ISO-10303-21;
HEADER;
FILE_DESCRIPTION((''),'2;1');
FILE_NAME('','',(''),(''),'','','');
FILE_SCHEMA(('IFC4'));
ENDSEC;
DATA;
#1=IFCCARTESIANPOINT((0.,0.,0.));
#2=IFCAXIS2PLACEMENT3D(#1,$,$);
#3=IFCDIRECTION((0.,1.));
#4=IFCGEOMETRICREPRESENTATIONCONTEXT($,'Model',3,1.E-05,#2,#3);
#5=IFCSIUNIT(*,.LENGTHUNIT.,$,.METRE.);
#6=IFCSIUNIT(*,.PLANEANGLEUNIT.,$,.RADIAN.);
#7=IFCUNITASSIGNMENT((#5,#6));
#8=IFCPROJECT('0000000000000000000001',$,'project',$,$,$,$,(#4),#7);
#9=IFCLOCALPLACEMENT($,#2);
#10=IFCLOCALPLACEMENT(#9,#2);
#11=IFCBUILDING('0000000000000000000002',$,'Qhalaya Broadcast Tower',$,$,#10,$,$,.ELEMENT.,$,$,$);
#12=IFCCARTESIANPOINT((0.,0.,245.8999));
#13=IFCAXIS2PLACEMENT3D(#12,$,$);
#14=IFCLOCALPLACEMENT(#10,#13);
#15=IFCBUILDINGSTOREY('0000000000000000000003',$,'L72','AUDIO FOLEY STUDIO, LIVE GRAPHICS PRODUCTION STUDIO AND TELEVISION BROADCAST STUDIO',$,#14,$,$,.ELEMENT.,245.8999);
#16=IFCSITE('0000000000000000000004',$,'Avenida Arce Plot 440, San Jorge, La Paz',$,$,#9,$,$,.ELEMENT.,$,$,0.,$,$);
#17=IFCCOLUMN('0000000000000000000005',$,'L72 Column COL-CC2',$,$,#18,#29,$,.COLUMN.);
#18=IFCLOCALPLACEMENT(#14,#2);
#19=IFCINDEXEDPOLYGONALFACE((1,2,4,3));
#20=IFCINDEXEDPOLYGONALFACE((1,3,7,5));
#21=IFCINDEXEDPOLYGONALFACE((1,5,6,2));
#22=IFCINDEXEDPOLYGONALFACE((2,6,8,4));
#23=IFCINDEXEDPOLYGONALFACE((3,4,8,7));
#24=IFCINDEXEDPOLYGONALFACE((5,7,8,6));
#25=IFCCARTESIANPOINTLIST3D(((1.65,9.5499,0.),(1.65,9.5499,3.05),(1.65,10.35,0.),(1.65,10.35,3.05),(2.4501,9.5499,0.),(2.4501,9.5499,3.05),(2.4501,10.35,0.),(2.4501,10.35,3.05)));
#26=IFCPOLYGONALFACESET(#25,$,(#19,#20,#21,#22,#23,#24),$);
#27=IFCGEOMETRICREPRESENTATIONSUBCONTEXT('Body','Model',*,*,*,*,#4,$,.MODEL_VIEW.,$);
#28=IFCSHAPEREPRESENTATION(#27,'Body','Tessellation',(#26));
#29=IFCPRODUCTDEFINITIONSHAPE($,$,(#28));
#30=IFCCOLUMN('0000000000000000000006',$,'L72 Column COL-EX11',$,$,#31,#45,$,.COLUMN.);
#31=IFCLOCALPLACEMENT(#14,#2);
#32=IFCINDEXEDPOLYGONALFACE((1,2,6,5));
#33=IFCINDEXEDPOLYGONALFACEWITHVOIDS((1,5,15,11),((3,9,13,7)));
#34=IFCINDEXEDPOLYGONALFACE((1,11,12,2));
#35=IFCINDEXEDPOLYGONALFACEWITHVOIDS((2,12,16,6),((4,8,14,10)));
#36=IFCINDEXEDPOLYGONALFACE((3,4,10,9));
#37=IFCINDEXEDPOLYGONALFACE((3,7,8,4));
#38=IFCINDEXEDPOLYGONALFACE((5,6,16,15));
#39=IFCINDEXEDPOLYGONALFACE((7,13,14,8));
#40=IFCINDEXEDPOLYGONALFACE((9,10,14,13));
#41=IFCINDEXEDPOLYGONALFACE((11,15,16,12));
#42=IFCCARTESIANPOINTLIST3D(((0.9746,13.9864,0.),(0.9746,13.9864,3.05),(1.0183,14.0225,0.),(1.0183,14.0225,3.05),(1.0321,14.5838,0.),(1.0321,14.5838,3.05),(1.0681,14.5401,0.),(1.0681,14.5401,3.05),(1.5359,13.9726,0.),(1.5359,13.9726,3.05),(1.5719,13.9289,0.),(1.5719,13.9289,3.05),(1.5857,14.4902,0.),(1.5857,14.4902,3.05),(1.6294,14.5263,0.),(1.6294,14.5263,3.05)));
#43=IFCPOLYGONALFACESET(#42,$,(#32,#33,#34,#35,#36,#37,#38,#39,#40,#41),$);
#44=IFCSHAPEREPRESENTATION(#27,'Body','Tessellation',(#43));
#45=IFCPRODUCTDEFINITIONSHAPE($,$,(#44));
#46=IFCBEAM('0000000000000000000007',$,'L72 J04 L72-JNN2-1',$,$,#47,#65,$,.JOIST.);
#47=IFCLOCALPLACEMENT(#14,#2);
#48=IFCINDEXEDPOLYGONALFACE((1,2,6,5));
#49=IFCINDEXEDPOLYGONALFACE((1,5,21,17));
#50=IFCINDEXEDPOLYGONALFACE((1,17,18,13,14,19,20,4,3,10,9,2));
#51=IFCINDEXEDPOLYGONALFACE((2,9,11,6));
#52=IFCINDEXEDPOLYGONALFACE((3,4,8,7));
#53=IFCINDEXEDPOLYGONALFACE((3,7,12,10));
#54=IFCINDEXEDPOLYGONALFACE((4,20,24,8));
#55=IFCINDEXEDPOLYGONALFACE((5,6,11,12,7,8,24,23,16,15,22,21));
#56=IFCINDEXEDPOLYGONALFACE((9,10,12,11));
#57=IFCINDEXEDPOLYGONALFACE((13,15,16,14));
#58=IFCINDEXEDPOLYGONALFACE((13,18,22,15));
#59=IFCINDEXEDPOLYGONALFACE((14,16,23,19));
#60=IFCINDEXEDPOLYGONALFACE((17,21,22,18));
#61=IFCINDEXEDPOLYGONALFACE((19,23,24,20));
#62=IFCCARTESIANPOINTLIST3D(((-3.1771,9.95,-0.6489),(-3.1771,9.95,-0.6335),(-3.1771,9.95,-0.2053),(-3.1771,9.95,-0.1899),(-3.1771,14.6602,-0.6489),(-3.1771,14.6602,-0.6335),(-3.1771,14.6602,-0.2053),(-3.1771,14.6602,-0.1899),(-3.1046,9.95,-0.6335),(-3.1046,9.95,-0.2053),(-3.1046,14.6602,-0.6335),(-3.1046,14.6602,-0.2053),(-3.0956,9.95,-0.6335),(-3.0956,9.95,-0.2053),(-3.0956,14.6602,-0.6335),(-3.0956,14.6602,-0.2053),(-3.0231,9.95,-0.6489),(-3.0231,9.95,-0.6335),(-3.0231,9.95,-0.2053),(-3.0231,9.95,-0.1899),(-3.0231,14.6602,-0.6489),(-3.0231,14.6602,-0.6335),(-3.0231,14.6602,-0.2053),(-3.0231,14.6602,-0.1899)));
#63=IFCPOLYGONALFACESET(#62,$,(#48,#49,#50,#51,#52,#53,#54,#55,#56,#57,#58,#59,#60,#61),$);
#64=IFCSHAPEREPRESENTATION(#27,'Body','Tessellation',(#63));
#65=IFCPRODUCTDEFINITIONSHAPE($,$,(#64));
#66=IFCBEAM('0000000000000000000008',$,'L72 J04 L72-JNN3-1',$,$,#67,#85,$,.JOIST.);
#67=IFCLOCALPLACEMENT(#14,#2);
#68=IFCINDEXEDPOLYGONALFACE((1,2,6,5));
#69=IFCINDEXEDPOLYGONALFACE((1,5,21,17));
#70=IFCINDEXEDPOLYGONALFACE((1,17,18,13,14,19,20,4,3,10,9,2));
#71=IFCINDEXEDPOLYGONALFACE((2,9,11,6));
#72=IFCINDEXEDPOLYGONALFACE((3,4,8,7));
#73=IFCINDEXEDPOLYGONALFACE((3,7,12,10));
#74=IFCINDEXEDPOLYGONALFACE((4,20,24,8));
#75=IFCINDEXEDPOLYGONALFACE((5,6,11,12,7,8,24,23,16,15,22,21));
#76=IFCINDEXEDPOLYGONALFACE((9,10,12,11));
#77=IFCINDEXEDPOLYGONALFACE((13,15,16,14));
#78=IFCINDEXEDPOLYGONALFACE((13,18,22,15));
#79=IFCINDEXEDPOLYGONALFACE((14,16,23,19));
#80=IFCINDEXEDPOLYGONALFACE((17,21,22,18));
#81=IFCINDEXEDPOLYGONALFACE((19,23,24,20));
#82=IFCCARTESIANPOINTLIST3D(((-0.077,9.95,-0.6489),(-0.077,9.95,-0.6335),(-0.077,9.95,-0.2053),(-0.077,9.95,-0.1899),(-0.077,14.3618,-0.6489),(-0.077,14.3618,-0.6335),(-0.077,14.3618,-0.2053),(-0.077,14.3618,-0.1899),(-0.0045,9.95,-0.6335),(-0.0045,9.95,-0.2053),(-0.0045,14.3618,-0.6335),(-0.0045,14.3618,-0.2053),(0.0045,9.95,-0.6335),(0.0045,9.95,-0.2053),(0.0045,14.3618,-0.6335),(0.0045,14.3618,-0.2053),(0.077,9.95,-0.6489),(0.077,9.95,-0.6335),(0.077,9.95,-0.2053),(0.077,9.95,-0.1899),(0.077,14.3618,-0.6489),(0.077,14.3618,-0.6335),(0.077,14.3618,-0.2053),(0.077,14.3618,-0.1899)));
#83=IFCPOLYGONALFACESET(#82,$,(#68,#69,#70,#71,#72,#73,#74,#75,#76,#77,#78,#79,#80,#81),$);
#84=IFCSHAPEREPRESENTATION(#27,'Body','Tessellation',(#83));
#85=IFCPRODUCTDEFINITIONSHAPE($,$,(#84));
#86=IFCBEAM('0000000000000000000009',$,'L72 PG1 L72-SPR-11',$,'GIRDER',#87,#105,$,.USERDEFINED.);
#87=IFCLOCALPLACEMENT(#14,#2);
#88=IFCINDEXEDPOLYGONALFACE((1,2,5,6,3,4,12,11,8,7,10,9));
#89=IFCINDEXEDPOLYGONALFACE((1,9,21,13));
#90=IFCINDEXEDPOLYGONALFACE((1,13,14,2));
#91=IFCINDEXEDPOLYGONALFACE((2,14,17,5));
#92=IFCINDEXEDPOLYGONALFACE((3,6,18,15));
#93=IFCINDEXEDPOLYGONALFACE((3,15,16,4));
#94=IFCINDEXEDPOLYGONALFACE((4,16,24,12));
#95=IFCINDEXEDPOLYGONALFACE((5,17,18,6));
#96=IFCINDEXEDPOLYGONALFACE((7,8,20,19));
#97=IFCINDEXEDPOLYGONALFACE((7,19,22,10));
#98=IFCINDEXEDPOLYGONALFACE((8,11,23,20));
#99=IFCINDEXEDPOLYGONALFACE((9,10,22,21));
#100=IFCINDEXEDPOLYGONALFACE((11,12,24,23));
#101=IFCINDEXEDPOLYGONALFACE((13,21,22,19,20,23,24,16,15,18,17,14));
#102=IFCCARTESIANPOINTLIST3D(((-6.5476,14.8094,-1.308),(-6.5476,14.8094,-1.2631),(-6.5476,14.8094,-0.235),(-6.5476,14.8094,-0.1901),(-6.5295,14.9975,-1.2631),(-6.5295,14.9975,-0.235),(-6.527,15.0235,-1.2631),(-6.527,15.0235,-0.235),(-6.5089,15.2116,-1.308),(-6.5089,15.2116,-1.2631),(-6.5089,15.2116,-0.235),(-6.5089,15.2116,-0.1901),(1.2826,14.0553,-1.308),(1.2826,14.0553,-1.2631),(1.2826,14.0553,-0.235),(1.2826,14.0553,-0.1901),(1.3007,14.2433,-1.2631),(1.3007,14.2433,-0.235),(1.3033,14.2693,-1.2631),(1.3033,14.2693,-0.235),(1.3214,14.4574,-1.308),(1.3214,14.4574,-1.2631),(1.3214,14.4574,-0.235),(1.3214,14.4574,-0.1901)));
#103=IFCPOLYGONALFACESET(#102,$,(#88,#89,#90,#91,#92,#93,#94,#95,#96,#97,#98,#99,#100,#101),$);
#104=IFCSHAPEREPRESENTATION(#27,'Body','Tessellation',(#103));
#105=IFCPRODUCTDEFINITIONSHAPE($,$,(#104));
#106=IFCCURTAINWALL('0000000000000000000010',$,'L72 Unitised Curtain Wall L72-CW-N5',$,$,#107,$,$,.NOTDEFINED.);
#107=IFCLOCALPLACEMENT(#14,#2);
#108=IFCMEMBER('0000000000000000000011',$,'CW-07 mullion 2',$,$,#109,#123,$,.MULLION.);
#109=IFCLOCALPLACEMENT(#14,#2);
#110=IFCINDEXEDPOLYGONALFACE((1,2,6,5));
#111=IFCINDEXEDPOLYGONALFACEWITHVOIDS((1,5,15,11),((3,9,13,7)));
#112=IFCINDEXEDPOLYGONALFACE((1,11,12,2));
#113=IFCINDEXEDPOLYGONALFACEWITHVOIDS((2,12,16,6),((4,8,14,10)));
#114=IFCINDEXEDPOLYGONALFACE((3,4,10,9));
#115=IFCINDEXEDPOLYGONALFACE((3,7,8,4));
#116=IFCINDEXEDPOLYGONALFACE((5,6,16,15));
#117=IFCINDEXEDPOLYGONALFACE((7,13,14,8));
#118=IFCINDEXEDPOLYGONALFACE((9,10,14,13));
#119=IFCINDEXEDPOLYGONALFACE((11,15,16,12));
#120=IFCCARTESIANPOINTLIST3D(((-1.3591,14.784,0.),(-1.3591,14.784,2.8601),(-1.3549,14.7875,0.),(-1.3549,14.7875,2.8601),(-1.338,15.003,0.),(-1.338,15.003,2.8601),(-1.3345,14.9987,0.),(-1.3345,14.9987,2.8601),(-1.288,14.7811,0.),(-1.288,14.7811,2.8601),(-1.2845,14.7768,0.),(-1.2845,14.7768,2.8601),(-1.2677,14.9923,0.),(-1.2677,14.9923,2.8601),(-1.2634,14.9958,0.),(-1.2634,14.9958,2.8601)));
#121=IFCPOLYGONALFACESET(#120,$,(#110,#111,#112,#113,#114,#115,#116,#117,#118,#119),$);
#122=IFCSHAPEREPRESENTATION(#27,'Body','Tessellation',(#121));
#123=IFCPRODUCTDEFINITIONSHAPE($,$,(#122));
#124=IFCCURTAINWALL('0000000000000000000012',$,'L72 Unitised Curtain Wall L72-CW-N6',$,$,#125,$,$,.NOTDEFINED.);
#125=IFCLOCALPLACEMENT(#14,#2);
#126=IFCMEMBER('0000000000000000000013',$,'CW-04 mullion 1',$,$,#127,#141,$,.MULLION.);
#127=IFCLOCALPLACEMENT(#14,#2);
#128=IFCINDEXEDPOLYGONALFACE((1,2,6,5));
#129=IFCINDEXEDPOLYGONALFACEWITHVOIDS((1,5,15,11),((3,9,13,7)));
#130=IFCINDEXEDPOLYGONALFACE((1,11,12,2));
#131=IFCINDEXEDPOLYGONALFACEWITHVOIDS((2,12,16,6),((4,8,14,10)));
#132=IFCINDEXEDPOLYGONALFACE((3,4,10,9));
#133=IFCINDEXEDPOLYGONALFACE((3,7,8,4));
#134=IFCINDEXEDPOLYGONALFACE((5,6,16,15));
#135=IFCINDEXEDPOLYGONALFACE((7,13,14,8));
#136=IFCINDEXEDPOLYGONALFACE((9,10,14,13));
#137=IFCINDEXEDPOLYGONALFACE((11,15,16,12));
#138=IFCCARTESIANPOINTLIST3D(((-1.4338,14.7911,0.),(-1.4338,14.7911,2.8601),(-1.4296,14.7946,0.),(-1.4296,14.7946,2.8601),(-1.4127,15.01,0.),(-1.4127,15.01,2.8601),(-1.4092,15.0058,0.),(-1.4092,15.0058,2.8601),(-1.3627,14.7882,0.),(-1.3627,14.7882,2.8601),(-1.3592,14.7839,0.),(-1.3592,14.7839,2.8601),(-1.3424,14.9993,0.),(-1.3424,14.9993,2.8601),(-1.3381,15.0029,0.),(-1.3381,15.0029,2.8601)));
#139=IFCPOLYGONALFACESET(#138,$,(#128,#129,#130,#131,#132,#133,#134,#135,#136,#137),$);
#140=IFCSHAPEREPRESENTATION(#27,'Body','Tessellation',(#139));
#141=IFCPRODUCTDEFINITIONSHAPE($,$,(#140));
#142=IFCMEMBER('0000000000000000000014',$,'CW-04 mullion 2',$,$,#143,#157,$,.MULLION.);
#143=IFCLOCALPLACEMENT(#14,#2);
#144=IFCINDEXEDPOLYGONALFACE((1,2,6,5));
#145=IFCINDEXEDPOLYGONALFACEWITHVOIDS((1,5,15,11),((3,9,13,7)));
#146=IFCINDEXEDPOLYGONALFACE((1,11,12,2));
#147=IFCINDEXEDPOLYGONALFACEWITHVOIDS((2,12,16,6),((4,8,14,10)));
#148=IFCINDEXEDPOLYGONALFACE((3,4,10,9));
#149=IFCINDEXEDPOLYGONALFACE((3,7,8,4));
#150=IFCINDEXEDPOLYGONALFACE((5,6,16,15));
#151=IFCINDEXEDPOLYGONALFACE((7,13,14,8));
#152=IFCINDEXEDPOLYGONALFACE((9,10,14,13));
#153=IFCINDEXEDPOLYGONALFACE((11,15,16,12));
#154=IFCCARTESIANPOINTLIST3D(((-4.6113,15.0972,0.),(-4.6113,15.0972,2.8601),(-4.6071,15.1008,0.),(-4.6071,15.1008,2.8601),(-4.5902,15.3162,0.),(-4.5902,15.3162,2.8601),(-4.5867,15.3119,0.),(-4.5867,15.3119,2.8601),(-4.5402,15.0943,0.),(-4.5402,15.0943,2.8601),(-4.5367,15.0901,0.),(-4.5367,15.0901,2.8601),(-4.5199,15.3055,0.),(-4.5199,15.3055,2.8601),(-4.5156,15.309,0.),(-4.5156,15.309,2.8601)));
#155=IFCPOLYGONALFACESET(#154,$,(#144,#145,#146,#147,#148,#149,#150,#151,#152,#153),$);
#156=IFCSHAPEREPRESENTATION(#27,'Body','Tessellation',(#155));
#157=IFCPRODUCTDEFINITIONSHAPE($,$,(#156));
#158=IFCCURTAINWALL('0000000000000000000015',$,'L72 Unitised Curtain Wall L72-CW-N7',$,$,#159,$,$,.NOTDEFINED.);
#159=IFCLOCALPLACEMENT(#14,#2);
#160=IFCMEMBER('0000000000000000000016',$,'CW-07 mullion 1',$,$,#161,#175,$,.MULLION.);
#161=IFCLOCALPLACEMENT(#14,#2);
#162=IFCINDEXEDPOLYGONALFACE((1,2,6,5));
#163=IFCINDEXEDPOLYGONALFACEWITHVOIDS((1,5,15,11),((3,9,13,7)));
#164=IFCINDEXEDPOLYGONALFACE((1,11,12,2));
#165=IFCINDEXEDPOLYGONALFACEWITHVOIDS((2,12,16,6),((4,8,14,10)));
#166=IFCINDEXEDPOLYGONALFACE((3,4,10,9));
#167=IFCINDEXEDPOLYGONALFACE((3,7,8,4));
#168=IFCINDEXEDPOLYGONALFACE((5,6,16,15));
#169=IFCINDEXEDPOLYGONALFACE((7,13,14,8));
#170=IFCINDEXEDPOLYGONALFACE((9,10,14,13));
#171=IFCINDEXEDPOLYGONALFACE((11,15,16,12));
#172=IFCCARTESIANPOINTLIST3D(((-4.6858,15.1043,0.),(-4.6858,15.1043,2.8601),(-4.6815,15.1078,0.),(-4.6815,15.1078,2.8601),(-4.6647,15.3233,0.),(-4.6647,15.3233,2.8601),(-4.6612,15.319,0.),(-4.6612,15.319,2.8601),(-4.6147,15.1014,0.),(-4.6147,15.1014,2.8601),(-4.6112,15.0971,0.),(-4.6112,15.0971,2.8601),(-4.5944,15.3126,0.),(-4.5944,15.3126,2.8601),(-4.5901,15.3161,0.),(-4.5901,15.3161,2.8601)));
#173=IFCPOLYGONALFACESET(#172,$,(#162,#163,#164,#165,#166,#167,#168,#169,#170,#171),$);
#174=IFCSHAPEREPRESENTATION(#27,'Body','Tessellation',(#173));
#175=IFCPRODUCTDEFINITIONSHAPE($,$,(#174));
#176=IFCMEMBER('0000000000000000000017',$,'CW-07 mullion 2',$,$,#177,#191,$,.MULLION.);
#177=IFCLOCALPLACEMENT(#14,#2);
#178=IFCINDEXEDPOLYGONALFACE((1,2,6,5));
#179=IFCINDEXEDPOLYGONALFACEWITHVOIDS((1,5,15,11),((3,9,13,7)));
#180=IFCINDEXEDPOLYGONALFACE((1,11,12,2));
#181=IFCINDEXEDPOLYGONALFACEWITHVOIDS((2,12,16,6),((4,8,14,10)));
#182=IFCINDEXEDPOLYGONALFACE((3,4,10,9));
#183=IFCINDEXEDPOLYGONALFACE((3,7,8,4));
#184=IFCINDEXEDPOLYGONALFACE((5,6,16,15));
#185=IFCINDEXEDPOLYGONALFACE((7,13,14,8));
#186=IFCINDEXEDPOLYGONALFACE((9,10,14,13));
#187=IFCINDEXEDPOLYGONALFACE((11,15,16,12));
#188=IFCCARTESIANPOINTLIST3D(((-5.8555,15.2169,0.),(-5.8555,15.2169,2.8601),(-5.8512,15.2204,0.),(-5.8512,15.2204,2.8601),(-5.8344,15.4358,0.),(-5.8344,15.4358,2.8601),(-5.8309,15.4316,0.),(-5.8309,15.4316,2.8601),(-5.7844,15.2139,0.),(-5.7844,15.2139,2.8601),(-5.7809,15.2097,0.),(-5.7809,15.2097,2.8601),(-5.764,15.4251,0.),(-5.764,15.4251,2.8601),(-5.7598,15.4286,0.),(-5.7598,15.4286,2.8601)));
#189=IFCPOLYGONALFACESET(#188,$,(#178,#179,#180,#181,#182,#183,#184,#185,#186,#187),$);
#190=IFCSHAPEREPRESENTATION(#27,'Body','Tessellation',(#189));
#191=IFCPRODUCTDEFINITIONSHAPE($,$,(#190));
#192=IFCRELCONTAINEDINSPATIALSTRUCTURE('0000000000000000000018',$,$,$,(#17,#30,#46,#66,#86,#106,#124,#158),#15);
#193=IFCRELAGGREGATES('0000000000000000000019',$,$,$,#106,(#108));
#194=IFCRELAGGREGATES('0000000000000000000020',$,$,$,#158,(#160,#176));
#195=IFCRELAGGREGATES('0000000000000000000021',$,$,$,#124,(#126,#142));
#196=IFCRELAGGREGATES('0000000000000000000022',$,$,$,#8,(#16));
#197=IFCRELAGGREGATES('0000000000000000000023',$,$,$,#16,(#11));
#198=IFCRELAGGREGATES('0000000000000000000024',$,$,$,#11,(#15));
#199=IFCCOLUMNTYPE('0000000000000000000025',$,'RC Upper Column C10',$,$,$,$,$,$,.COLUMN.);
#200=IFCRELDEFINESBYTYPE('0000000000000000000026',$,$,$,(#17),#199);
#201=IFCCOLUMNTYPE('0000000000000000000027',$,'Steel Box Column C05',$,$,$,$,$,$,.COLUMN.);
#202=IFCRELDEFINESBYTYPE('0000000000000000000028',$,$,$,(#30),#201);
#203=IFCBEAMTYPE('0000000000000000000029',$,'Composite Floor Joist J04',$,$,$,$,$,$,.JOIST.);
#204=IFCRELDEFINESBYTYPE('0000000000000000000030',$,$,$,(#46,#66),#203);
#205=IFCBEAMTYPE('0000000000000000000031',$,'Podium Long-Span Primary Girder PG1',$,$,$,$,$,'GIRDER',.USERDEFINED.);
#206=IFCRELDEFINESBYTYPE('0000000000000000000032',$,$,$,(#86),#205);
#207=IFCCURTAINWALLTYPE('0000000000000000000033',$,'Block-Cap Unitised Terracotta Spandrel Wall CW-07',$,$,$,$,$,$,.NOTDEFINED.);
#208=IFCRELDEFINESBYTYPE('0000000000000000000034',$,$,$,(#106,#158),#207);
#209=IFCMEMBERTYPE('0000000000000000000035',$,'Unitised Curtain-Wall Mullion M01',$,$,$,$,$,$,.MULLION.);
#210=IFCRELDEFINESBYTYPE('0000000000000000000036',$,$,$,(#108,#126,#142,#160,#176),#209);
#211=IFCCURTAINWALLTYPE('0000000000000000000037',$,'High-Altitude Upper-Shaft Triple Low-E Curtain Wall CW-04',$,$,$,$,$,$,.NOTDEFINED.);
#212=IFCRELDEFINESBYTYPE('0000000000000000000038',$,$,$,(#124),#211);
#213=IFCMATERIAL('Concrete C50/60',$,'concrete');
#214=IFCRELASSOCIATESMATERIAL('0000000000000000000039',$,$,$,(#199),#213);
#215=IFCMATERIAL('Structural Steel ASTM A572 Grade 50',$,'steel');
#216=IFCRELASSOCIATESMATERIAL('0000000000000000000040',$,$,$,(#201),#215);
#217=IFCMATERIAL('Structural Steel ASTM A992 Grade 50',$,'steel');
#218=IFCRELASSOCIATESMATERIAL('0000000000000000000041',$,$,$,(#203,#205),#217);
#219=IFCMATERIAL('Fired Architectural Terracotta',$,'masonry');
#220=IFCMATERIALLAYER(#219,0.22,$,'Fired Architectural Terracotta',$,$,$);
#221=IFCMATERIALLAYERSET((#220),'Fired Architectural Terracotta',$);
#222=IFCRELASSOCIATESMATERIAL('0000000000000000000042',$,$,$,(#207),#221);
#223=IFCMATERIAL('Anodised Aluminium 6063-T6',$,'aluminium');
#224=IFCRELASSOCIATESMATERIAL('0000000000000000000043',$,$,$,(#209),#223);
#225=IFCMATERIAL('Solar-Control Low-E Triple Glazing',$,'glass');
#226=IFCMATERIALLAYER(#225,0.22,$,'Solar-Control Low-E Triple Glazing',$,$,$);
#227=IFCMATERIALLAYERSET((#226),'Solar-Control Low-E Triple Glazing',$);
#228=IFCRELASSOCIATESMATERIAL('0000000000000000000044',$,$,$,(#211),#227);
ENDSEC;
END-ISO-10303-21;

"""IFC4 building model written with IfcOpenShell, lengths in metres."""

from ifc_helpers import new_model, si_unit, direction, frame, origin, origin_2d, place, context, subcontext, project, spatial, rectangle, hollow_rectangle, i_section, extrude, material, layer, layer_set, material_profile, profile_set, type_object, element, aggregate, save


model = new_model("IFC4")

# Units and contexts
model_context = context("Model", 3, precision=1e-05, world=origin(), true_north=direction((0.0, 1.0)))
body_context = subcontext(model_context, "Body", "Model", "MODEL_VIEW")
ifc_project = project(units=[si_unit("LENGTHUNIT", "METRE"), si_unit("PLANEANGLEUNIT", "RADIAN")], contexts=[model_context])

# Site, building, storey
site_placement = place(None, origin())
site = spatial("IfcSite", under=ifc_project, at=site_placement, Name="Avenida Arce Plot 440, San Jorge, La Paz", CompositionType="ELEMENT", RefElevation=0.0)
building_placement = place(site_placement, origin())
building = spatial("IfcBuilding", under=site, at=building_placement, Name="Qhalaya Broadcast Tower", CompositionType="ELEMENT")
storey_placement = place(building_placement, frame((0.0, 0.0, 245.8999)))
storey = spatial("IfcBuildingStorey", under=building, at=storey_placement, Name="L72", Description="AUDIO FOLEY STUDIO, LIVE GRAPHICS PRODUCTION STUDIO AND TELEVISION BROADCAST STUDIO", CompositionType="ELEMENT", Elevation=245.8999)

# Columns
ifc_material_1 = material(Name="Concrete C50/60", Category="concrete")
ifc_material_profile_1 = material_profile(ifc_material_1, rectangle(XDim=0.8, YDim=0.8, at=origin_2d()), Name="RC-COL 800x800")
ifc_profile_set_1 = profile_set([ifc_material_profile_1], Name="Concrete C50/60")
column_type_1 = type_object("IfcColumnType", Name="RC Upper Column C10", PredefinedType="COLUMN", material=ifc_profile_set_1)
column_1_placement = place(storey_placement, frame((2.05, 9.95, 0.0), z_axis=(0.0, 0.0, 1.0), x_axis=(1.0, 0.0, 0.0)))
element("IfcColumn", 1, at=column_1_placement, inside=storey, type_object=column_type_1, Name="L72 Column COL-CC2", PredefinedType="COLUMN", context=body_context, shape_type="SweptSolid", body=[
    extrude(rectangle(XDim=0.8, YDim=0.8, at=origin_2d()), origin(), (0.0, 0.0, 1.0), 3.05),
])
ifc_material_2 = material(Name="Structural Steel ASTM A572 Grade 50", Category="steel")
ifc_material_profile_2 = material_profile(ifc_material_2, hollow_rectangle(XDim=0.6001, YDim=0.6001, WallThickness=0.04, at=origin_2d()), Name="BOX 600x600x40")
ifc_profile_set_2 = profile_set([ifc_material_profile_2], Name="Structural Steel ASTM A572 Grade 50")
column_type_2 = type_object("IfcColumnType", Name="Steel Box Column C05", PredefinedType="COLUMN", material=ifc_profile_set_2)
column_2_placement = place(storey_placement, frame((1.302, 14.2563, 0.0), z_axis=(0.0, 0.0, 1.0), x_axis=(0.995396, -0.095846, 0.0)))
element("IfcColumn", 2, at=column_2_placement, inside=storey, type_object=column_type_2, Name="L72 Column COL-EX11", PredefinedType="COLUMN", context=body_context, shape_type="SweptSolid", body=[
    extrude(hollow_rectangle(XDim=0.6001, YDim=0.6001, WallThickness=0.04, at=origin_2d()), origin(), (0.0, 0.0, 1.0), 3.05),
])

# Beams
ifc_material_3 = material(Name="Structural Steel ASTM A992 Grade 50", Category="steel")
ifc_material_profile_3 = material_profile(ifc_material_3, i_section(OverallWidth=0.1541, OverallDepth=0.459, WebThickness=0.009, FlangeThickness=0.0154, at=origin_2d()), Name="W18X46")
ifc_profile_set_3 = profile_set([ifc_material_profile_3], Name="Structural Steel ASTM A992 Grade 50")
beam_type_1 = type_object("IfcBeamType", Name="Composite Floor Joist J04", PredefinedType="JOIST", material=ifc_profile_set_3)
beam_1_placement = place(storey_placement, frame((-3.1001, 9.95, -0.4194), z_axis=(0.0, 1.0, 0.0), x_axis=(-1.0, 0.0, 0.0)))
element("IfcBeam", 3, at=beam_1_placement, inside=storey, type_object=beam_type_1, Name="L72 J04 L72-JNN2-1", PredefinedType="JOIST", context=body_context, shape_type="SweptSolid", body=[
    extrude(i_section(OverallWidth=0.1541, OverallDepth=0.459, WebThickness=0.009, FlangeThickness=0.0154, at=origin_2d()), origin(), (0.0, 0.0, 1.0), 4.7102),
])
beam_2_placement = place(storey_placement, frame((0.0, 9.95, -0.4194), z_axis=(0.0, 1.0, 0.0), x_axis=(-1.0, 0.0, 0.0)))
element("IfcBeam", 4, at=beam_2_placement, inside=storey, type_object=beam_type_1, Name="L72 J04 L72-JNN3-1", PredefinedType="JOIST", context=body_context, shape_type="SweptSolid", body=[
    extrude(i_section(OverallWidth=0.1541, OverallDepth=0.459, WebThickness=0.009, FlangeThickness=0.0154, at=origin_2d()), origin(), (0.0, 0.0, 1.0), 4.4119),
])
ifc_material_profile_4 = material_profile(ifc_material_3, i_section(OverallWidth=0.4041, OverallDepth=1.1179, WebThickness=0.0261, FlangeThickness=0.0449, at=origin_2d()), Name="W44X335")
ifc_profile_set_4 = profile_set([ifc_material_profile_4], Name="Structural Steel ASTM A992 Grade 50")
beam_type_2 = type_object("IfcBeamType", Name="Podium Long-Span Primary Girder PG1", ElementType="GIRDER", PredefinedType="USERDEFINED", material=ifc_profile_set_4)
beam_3_placement = place(storey_placement, frame((1.302, 14.2563, -0.749), z_axis=(-0.995394, 0.095868, 0.0), x_axis=(-0.095868, -0.995394, 0.0)))
element("IfcBeam", 5, at=beam_3_placement, inside=storey, type_object=beam_type_2, Name="L72 PG1 L72-SPR-11", ObjectType="GIRDER", PredefinedType="USERDEFINED", context=body_context, shape_type="SweptSolid", body=[
    extrude(i_section(OverallWidth=0.4041, OverallDepth=1.1179, WebThickness=0.0261, FlangeThickness=0.0449, at=origin_2d()), origin(), (0.0, 0.0, 1.0), 7.8665),
])

# Curtain wall, member
ifc_material_4 = material(Name="Fired Architectural Terracotta", Category="masonry")
ifc_layer_1 = layer(ifc_material_4, 0.22, Name="Fired Architectural Terracotta")
ifc_layer_set_1 = layer_set([ifc_layer_1], Name="Fired Architectural Terracotta")
curtain_wall_type_1 = type_object("IfcCurtainWallType", Name="Block-Cap Unitised Terracotta Spandrel Wall CW-07", PredefinedType="NOTDEFINED", material=ifc_layer_set_1)
curtain_wall_1_placement = place(storey_placement, origin())
curtain_wall_1 = element("IfcCurtainWall", 6, at=curtain_wall_1_placement, inside=storey, type_object=curtain_wall_type_1, Name="L72 Unitised Curtain Wall L72-CW-N5", PredefinedType="NOTDEFINED")
ifc_material_5 = material(Name="Anodised Aluminium 6063-T6", Category="aluminium")
ifc_material_profile_5 = material_profile(ifc_material_5, hollow_rectangle(XDim=0.075, YDim=0.22, WallThickness=0.0039, at=origin_2d()), Name="ALU-MUL 75x220x4")
ifc_profile_set_5 = profile_set([ifc_material_profile_5], Name="Anodised Aluminium 6063-T6")
member_type_1 = type_object("IfcMemberType", Name="Unitised Curtain-Wall Mullion M01", PredefinedType="MULLION", material=ifc_profile_set_5)
member_1_placement = place(storey_placement, frame((-1.3113, 14.8899, 0.0), z_axis=(0.0, 0.0, 1.0), x_axis=(-0.995395, 0.09586, 0.0)))
member_1 = element("IfcMember", 7, at=member_1_placement, type_object=member_type_1, Name="CW-07 mullion 2", PredefinedType="MULLION", context=body_context, shape_type="SweptSolid", body=[
    extrude(hollow_rectangle(XDim=0.075, YDim=0.22, WallThickness=0.0039, at=origin_2d()), origin(), (0.0, 0.0, 1.0), 2.8601),
])

# Curtain walls, members
ifc_material_6 = material(Name="Solar-Control Low-E Triple Glazing", Category="glass")
ifc_layer_2 = layer(ifc_material_6, 0.22, Name="Solar-Control Low-E Triple Glazing")
ifc_layer_set_2 = layer_set([ifc_layer_2], Name="Solar-Control Low-E Triple Glazing")
curtain_wall_type_2 = type_object("IfcCurtainWallType", Name="High-Altitude Upper-Shaft Triple Low-E Curtain Wall CW-04", PredefinedType="NOTDEFINED", material=ifc_layer_set_2)
curtain_wall_2_placement = place(storey_placement, origin())
curtain_wall_2 = element("IfcCurtainWall", 8, at=curtain_wall_2_placement, inside=storey, type_object=curtain_wall_type_2, Name="L72 Unitised Curtain Wall L72-CW-N6", PredefinedType="NOTDEFINED")
member_2_placement = place(storey_placement, frame((-1.386, 14.897, 0.0), z_axis=(0.0, 0.0, 1.0), x_axis=(-0.995397, 0.095836, 0.0)))
member_2 = element("IfcMember", 9, at=member_2_placement, type_object=member_type_1, Name="CW-04 mullion 1", PredefinedType="MULLION", context=body_context, shape_type="SweptSolid", body=[
    extrude(hollow_rectangle(XDim=0.075, YDim=0.22, WallThickness=0.0039, at=origin_2d()), origin(), (0.0, 0.0, 1.0), 2.8601),
])
member_3_placement = place(storey_placement, frame((-4.5635, 15.2031, 0.0), z_axis=(0.0, 0.0, 1.0), x_axis=(-0.995397, 0.095836, 0.0)))
member_3 = element("IfcMember", 10, at=member_3_placement, type_object=member_type_1, Name="CW-04 mullion 2", PredefinedType="MULLION", context=body_context, shape_type="SweptSolid", body=[
    extrude(hollow_rectangle(XDim=0.075, YDim=0.22, WallThickness=0.0039, at=origin_2d()), origin(), (0.0, 0.0, 1.0), 2.8601),
])
curtain_wall_3_placement = place(storey_placement, origin())
curtain_wall_3 = element("IfcCurtainWall", 11, at=curtain_wall_3_placement, inside=storey, type_object=curtain_wall_type_1, Name="L72 Unitised Curtain Wall L72-CW-N7", PredefinedType="NOTDEFINED")
member_4_placement = place(storey_placement, frame((-4.6379, 15.2102, 0.0), z_axis=(0.0, 0.0, 1.0), x_axis=(-0.995396, 0.095844, 0.0)))
member_4 = element("IfcMember", 12, at=member_4_placement, type_object=member_type_1, Name="CW-07 mullion 1", PredefinedType="MULLION", context=body_context, shape_type="SweptSolid", body=[
    extrude(hollow_rectangle(XDim=0.075, YDim=0.22, WallThickness=0.0039, at=origin_2d()), origin(), (0.0, 0.0, 1.0), 2.8601),
])
member_5_placement = place(storey_placement, frame((-5.8076, 15.3228, 0.0), z_axis=(0.0, 0.0, 1.0), x_axis=(-0.995396, 0.095844, 0.0)))
member_5 = element("IfcMember", 13, at=member_5_placement, type_object=member_type_1, Name="CW-07 mullion 2", PredefinedType="MULLION", context=body_context, shape_type="SweptSolid", body=[
    extrude(hollow_rectangle(XDim=0.075, YDim=0.22, WallThickness=0.0039, at=origin_2d()), origin(), (0.0, 0.0, 1.0), 2.8601),
])

aggregate(curtain_wall_1, [member_1])
aggregate(curtain_wall_3, [member_4, member_5])
aggregate(curtain_wall_2, [member_2, member_3])

save(model, "model.ifc")
